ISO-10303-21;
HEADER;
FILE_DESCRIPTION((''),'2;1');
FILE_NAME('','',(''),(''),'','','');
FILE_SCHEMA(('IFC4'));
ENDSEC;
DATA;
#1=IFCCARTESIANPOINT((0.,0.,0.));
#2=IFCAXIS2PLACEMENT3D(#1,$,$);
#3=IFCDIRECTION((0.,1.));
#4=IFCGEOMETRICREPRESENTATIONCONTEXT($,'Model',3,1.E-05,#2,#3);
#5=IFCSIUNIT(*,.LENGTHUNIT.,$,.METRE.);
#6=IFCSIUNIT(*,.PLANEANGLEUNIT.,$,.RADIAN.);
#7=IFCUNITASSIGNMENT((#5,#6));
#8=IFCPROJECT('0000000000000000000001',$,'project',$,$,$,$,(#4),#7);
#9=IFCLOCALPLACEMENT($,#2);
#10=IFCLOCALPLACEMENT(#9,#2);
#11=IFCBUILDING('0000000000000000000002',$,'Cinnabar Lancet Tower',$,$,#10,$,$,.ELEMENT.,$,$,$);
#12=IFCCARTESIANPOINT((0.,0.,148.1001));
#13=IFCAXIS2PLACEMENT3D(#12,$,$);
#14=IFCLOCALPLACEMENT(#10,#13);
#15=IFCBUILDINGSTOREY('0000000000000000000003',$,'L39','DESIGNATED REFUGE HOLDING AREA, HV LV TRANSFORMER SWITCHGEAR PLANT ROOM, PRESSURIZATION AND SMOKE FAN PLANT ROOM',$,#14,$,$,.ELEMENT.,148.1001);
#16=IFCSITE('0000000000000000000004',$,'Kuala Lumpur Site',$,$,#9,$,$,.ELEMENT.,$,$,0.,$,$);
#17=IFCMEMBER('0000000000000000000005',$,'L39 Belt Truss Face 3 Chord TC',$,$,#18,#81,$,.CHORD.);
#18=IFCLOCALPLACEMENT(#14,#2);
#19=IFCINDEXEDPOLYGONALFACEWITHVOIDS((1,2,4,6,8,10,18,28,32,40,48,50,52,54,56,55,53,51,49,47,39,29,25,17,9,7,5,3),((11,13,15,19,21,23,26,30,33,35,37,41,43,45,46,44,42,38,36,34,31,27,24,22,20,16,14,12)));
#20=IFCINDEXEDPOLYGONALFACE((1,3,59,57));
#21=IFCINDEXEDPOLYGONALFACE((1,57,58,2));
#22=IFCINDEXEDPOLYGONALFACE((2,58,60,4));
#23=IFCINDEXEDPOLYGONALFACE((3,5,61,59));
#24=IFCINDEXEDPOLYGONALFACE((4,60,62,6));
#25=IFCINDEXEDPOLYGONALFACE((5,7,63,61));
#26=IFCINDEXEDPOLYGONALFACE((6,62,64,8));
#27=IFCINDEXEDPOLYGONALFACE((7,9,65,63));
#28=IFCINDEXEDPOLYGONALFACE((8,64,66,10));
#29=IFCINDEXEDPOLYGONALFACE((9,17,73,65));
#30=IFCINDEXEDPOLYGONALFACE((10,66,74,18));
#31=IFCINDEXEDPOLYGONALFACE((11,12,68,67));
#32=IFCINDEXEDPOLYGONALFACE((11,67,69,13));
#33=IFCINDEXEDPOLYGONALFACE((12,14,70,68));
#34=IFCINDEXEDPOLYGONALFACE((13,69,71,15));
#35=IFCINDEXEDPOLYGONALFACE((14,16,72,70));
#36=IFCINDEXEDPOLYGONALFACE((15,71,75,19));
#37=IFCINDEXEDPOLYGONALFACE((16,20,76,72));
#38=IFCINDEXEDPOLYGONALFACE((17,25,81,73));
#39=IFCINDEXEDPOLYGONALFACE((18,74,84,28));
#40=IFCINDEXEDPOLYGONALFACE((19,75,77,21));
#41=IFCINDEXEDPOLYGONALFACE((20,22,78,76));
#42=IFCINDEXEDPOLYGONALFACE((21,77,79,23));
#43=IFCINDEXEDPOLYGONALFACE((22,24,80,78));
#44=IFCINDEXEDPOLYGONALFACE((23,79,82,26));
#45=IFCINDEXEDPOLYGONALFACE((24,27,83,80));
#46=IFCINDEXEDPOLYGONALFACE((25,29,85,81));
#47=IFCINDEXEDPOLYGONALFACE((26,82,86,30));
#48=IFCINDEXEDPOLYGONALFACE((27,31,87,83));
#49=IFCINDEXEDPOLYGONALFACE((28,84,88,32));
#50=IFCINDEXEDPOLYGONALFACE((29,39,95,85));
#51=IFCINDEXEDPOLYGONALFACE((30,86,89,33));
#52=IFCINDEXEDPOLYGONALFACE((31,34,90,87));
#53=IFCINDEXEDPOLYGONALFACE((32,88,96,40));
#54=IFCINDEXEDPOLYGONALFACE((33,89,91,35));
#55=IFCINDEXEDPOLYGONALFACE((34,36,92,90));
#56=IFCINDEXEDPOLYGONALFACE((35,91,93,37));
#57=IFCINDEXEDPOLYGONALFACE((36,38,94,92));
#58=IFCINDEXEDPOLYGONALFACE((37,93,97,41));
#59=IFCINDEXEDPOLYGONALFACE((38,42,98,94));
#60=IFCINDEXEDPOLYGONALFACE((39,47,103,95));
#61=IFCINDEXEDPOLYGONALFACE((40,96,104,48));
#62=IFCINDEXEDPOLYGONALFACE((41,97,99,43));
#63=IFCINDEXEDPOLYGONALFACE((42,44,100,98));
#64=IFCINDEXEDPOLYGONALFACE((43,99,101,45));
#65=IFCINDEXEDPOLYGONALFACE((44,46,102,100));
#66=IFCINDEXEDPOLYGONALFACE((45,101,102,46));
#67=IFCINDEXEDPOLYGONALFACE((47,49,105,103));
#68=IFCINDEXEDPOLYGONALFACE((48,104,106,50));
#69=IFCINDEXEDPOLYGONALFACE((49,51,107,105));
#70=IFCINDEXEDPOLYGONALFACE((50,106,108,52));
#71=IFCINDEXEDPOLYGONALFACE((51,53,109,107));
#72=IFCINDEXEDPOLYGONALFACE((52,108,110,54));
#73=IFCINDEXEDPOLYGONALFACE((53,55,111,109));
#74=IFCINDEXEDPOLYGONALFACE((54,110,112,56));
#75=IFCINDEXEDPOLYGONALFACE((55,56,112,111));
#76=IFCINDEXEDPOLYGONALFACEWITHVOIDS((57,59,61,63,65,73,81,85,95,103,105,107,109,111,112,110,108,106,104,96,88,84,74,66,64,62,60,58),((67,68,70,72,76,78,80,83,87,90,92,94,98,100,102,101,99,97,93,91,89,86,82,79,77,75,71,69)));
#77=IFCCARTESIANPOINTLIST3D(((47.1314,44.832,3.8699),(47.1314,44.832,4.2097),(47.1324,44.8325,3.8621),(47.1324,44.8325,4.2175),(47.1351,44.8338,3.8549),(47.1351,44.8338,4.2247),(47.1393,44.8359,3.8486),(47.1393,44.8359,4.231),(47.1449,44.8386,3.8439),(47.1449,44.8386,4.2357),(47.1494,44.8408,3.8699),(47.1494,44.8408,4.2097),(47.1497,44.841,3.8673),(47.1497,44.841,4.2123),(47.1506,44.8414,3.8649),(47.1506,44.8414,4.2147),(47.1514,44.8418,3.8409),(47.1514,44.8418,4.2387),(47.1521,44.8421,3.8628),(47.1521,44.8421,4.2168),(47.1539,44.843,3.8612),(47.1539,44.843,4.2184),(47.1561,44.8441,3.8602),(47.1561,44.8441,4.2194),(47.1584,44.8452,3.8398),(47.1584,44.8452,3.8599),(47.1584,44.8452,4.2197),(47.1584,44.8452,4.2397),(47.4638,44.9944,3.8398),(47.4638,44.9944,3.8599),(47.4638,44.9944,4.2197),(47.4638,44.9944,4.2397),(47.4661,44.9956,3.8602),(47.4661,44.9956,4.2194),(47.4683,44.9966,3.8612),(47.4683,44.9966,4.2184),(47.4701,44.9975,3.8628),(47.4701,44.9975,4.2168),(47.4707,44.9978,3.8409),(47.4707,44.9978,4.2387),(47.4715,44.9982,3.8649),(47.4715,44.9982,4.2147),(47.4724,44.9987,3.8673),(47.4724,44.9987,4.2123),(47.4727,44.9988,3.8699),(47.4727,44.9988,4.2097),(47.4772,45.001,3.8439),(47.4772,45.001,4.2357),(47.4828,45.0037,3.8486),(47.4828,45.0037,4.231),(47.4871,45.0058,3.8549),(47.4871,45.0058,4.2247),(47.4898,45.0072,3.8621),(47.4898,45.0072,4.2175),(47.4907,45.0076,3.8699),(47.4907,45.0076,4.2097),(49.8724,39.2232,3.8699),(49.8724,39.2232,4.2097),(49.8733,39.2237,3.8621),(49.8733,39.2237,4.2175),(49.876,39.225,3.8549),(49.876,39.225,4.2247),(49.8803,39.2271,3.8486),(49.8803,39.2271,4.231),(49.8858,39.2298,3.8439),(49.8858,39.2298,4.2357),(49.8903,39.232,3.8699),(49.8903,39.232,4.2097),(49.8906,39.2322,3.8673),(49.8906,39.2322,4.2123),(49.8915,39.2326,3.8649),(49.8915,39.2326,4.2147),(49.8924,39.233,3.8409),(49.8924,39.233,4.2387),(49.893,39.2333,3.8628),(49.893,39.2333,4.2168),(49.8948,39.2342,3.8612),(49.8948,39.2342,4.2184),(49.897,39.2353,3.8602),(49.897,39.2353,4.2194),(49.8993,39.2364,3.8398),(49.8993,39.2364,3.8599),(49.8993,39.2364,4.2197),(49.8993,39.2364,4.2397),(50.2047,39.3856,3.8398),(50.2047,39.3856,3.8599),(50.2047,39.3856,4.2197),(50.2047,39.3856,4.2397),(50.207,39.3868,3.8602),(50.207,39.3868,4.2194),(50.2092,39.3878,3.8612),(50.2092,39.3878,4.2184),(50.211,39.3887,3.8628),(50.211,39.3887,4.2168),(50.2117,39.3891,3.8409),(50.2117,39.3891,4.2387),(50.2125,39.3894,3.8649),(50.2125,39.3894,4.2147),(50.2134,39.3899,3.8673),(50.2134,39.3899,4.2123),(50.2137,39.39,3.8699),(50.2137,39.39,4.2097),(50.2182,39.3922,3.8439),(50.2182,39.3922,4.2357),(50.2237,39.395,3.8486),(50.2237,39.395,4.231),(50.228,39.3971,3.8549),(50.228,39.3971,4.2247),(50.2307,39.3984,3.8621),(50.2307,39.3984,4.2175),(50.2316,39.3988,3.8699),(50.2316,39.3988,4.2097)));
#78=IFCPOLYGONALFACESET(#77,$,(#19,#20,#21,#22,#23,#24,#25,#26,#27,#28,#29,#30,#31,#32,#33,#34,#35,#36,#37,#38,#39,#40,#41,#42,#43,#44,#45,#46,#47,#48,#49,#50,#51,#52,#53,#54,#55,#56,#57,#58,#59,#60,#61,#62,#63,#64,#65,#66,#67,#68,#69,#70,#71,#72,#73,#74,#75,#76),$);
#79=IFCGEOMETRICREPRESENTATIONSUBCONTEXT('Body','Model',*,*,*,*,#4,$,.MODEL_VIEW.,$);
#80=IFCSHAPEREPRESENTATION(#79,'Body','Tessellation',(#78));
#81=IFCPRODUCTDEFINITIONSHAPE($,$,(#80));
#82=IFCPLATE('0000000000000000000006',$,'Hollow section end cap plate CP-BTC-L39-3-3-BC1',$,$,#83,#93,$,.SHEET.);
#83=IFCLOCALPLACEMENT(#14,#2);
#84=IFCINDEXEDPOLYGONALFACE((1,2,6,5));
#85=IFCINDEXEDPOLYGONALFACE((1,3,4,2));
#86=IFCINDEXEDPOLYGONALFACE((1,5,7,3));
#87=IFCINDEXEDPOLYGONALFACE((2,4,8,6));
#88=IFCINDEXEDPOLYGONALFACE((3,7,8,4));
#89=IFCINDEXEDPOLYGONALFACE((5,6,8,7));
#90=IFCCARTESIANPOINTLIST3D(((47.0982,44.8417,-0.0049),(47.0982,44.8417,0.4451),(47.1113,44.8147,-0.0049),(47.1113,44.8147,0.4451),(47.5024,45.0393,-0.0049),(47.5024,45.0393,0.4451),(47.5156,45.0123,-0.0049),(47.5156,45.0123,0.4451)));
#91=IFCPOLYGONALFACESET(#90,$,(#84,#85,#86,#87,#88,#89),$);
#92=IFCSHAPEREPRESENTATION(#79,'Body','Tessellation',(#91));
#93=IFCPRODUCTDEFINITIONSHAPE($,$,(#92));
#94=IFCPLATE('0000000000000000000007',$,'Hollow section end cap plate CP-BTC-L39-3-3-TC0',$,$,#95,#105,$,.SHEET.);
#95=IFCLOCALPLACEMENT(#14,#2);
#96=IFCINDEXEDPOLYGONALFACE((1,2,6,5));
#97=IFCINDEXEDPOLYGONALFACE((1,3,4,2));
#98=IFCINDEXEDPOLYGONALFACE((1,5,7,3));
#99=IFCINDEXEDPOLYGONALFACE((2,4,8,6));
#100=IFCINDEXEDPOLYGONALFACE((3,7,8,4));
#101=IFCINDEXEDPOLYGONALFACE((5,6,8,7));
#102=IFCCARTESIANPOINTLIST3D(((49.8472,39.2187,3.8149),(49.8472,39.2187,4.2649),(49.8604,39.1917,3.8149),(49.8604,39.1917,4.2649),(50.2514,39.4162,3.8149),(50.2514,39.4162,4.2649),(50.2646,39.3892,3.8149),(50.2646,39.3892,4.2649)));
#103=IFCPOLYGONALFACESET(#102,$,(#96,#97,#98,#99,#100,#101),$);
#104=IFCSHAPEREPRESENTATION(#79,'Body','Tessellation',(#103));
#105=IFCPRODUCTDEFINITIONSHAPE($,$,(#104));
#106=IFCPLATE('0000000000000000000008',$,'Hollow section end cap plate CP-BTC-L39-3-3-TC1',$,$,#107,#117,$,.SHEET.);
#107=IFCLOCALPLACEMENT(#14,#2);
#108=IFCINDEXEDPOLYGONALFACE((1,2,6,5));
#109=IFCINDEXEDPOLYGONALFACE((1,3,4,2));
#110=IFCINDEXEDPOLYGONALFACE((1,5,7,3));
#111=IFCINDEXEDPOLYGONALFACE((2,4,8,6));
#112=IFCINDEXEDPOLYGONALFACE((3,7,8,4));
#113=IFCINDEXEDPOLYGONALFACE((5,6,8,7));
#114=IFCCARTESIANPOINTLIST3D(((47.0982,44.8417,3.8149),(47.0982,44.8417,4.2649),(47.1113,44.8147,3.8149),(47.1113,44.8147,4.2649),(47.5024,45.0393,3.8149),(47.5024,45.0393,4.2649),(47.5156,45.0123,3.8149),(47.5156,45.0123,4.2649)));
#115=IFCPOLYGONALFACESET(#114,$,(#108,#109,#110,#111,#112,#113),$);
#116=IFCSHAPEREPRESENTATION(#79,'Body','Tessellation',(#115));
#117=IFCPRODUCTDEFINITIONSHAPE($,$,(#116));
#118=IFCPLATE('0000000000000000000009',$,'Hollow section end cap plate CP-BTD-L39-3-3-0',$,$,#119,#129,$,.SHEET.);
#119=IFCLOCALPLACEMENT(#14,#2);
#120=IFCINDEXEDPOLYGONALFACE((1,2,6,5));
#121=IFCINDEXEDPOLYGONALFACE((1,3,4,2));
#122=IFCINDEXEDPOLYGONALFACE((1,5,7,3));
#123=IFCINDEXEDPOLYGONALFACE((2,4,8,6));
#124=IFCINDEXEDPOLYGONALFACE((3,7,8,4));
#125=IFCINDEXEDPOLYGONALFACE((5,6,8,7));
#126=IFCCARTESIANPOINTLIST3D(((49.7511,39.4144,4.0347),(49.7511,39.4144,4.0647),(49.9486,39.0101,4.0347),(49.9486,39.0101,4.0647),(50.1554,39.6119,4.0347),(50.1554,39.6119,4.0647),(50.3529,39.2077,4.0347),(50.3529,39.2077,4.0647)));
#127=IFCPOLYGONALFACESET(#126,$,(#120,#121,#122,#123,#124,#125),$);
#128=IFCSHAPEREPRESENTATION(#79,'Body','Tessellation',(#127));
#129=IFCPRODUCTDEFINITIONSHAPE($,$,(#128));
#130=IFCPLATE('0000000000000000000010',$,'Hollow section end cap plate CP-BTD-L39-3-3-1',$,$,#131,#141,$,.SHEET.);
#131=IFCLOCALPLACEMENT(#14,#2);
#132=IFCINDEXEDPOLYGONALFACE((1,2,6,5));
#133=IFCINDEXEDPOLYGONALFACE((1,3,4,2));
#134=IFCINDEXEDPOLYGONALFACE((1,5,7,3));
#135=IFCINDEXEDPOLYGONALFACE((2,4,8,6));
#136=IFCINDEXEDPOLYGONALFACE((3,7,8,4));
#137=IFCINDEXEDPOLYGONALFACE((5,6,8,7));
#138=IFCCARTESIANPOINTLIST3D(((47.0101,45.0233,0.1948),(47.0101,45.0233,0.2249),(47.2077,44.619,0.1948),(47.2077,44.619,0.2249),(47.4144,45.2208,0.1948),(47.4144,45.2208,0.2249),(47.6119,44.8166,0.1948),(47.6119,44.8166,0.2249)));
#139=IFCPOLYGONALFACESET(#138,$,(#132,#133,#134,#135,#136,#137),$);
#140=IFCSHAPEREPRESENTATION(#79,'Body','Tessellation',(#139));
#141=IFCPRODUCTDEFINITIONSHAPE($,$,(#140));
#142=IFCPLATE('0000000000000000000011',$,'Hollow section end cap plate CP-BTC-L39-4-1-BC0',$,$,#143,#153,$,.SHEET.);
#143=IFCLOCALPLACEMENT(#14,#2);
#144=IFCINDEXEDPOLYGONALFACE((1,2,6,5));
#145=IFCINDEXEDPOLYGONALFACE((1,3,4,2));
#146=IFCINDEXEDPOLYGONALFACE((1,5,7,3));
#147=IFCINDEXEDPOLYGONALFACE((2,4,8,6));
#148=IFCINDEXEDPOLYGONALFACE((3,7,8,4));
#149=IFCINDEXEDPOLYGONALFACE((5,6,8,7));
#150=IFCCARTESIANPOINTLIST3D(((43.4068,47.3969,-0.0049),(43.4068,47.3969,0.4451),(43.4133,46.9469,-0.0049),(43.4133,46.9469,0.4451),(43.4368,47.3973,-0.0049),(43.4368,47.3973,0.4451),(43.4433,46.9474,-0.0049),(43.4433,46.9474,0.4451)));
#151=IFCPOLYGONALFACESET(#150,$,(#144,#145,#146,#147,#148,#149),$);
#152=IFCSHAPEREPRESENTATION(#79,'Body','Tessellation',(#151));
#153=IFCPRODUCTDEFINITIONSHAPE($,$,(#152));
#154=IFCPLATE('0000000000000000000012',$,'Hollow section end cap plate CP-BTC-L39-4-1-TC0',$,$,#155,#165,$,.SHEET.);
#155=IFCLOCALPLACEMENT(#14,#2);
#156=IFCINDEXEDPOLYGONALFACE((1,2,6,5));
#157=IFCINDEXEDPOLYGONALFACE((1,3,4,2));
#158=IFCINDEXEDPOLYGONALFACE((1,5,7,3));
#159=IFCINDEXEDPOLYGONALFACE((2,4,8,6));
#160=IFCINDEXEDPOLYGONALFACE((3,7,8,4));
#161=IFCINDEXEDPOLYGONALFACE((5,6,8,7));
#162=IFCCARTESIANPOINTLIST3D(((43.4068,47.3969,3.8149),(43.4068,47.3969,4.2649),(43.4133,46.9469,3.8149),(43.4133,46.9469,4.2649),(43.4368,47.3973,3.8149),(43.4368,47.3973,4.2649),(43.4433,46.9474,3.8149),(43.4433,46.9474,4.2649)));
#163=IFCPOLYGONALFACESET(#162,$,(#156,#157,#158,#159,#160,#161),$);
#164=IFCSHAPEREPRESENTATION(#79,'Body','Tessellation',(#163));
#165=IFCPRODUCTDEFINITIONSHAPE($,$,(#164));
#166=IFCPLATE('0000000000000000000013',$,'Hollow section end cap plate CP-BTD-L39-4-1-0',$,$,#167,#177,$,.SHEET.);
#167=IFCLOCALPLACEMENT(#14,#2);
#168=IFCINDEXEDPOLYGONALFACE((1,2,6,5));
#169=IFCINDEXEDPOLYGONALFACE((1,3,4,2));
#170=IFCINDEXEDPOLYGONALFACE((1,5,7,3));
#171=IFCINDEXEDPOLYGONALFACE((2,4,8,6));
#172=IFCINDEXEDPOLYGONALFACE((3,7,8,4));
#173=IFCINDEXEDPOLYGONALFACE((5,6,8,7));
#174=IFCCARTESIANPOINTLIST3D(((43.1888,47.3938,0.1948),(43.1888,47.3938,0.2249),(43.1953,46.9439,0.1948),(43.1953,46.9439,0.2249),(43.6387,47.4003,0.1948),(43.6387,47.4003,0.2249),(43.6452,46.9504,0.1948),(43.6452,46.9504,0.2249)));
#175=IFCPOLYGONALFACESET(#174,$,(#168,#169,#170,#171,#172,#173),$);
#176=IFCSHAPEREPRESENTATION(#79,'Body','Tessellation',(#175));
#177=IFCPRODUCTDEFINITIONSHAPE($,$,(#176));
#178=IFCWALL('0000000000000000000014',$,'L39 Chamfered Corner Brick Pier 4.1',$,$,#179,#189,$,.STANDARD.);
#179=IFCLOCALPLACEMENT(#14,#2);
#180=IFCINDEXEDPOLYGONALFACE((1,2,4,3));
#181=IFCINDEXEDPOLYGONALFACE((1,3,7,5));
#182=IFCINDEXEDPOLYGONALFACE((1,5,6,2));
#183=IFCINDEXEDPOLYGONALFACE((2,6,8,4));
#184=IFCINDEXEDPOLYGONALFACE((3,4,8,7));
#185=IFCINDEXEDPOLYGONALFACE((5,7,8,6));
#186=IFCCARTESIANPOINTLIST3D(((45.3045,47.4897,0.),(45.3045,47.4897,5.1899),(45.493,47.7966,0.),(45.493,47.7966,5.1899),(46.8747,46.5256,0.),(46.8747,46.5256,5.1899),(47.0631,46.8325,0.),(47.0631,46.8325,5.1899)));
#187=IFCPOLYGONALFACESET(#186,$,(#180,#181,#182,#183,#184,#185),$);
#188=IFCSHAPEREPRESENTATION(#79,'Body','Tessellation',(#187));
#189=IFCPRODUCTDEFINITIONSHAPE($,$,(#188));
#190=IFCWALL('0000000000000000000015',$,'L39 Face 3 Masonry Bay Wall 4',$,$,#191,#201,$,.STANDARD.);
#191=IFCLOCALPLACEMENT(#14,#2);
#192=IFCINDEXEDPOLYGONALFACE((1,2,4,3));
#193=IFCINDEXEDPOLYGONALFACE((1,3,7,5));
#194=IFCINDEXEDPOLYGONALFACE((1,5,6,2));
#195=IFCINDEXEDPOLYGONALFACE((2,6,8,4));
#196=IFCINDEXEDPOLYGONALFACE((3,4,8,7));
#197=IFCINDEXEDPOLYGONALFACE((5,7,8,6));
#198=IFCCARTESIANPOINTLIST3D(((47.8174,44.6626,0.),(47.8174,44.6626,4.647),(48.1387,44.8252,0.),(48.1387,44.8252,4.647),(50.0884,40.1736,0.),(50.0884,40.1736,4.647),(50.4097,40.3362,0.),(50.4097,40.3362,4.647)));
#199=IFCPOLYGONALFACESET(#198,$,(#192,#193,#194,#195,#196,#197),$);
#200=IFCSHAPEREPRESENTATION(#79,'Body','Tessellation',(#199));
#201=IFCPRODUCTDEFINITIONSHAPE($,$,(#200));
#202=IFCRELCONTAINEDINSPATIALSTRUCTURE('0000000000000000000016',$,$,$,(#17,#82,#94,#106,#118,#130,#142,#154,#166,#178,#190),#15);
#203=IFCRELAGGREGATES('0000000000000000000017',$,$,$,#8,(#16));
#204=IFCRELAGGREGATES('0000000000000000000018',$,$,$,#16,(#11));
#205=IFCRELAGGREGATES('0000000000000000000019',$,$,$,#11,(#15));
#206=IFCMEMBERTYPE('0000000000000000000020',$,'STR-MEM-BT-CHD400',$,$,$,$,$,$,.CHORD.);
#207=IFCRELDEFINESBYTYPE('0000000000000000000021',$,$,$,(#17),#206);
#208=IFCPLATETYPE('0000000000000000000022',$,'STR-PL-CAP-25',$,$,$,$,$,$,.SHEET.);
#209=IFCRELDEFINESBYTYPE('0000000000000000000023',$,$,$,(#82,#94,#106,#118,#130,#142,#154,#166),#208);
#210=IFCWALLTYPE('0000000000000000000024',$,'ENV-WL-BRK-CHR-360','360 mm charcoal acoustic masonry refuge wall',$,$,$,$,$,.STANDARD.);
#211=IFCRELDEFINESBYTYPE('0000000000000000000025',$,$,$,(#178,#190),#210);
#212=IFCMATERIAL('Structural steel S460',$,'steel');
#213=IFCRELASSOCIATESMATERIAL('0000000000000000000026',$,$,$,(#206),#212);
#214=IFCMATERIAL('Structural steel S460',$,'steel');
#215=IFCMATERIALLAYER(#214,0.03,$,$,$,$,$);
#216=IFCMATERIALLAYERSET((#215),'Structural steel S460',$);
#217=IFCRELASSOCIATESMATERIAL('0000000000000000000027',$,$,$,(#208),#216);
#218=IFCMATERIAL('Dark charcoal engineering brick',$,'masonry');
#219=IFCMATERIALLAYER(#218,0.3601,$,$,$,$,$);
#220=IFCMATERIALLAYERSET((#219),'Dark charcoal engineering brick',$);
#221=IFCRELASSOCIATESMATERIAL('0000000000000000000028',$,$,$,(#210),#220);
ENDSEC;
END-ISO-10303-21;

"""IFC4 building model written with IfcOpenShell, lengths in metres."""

from ifc_helpers import new_model, si_unit, direction, frame, frame_2d, origin, origin_2d, place, context, subcontext, project, spatial, rectangle, hollow_rectangle, extrude, material, layer, layer_set, material_profile, profile_set, type_object, element, save


model = new_model("IFC4")

# Units and contexts
model_context = context("Model", 3, precision=1e-05, world=origin(), true_north=direction((0.0, 1.0)))
body_context = subcontext(model_context, "Body", "Model", "MODEL_VIEW")
ifc_project = project(units=[si_unit("LENGTHUNIT", "METRE"), si_unit("PLANEANGLEUNIT", "RADIAN")], contexts=[model_context])

# Site, building, storey
site_placement = place(None, origin())
site = spatial("IfcSite", under=ifc_project, at=site_placement, Name="Kuala Lumpur Site", CompositionType="ELEMENT", RefElevation=0.0)
building_placement = place(site_placement, origin())
building = spatial("IfcBuilding", under=site, at=building_placement, Name="Cinnabar Lancet Tower", CompositionType="ELEMENT")
storey_placement = place(building_placement, frame((0.0, 0.0, 148.1001)))
storey = spatial("IfcBuildingStorey", under=building, at=storey_placement, Name="L39", Description="DESIGNATED REFUGE HOLDING AREA, HV LV TRANSFORMER SWITCHGEAR PLANT ROOM, PRESSURIZATION AND SMOKE FAN PLANT ROOM", CompositionType="ELEMENT", Elevation=148.1001)

# Member
ifc_material_1 = material(Name="Structural steel S460", Category="steel")
ifc_material_profile_1 = material_profile(ifc_material_1, hollow_rectangle(XDim=0.3999, YDim=0.3999, WallThickness=0.02, InnerFilletRadius=0.01, OuterFilletRadius=0.03, at=origin_2d()), Name="SHS 400x400x20")
ifc_profile_set_1 = profile_set([ifc_material_profile_1], Name="Structural steel S460")
member_type_1 = type_object("IfcMemberType", Name="STR-MEM-BT-CHD400", PredefinedType="CHORD", material=ifc_profile_set_1)
for number, where, z_axis, x_axis, name in (
    (1, (50.052, 39.311, 4.0398), (-0.439061, 0.898457, 0.0), (-0.898457, -0.439061, 0.0), "L39 Belt Truss Face 3 Chord TC"),
):
    element("IfcMember", number, at=place(storey_placement, frame(where, z_axis=z_axis, x_axis=x_axis)), inside=storey, type_object=member_type_1, Name=name, PredefinedType="CHORD", context=body_context, shape_type="SweptSolid", body=[
        extrude(hollow_rectangle(XDim=0.3999, YDim=0.3999, WallThickness=0.02, InnerFilletRadius=0.01, OuterFilletRadius=0.03, at=origin_2d()), origin(), (0.0, 0.0, 1.0), 6.2427),
    ])

# Plates
ifc_material_2 = material(Name="Structural steel S460", Category="steel")
ifc_layer_1 = layer(ifc_material_2, 0.03)
ifc_layer_set_1 = layer_set([ifc_layer_1], Name="Structural steel S460")
plate_type = type_object("IfcPlateType", Name="STR-PL-CAP-25", PredefinedType="SHEET", material=ifc_layer_set_1)
for number, where, z_axis, x_axis, name in (
    (2, (47.3069, 44.927, -0.0049), (0.0, 0.0, 1.0), (-0.439061, 0.898457, 0.0), "Hollow section end cap plate CP-BTC-L39-3-3-BC1"),
    (3, (50.0559, 39.304, 3.8149), (0.0, 0.0, 1.0), (0.439061, -0.898457, 0.0), "Hollow section end cap plate CP-BTC-L39-3-3-TC0"),
    (4, (47.3069, 44.927, 3.8149), (0.0, 0.0, 1.0), (-0.439061, 0.898457, 0.0), "Hollow section end cap plate CP-BTC-L39-3-3-TC1"),
):
    element("IfcPlate", number, at=place(storey_placement, frame(where, z_axis=z_axis, x_axis=x_axis)), inside=storey, type_object=plate_type, Name=name, PredefinedType="SHEET", context=body_context, shape_type="SweptSolid", body=[
        extrude(rectangle(XDim=0.03, YDim=0.45, at=origin_2d()), origin(), (0.0, 0.0, 1.0), 0.45),
    ])
for number, where, z_axis, x_axis, name in (
    (5, (50.052, 39.311, 4.0347), (0.0, 0.0, 1.0), (0.439061, -0.898457, 0.0), "Hollow section end cap plate CP-BTD-L39-3-3-0"),
    (6, (47.311, 44.9199, 0.1948), (0.0, 0.0, 1.0), (-0.439061, 0.898457, 0.0), "Hollow section end cap plate CP-BTD-L39-3-3-1"),
):
    element("IfcPlate", number, at=place(storey_placement, frame(where, z_axis=z_axis, x_axis=x_axis)), inside=storey, type_object=plate_type, Name=name, PredefinedType="SHEET", context=body_context, shape_type="SweptSolid", body=[
        extrude(rectangle(XDim=0.45, YDim=0.45, at=origin_2d()), origin(), (0.0, 0.0, 1.0), 0.03),
    ])
for number, where, z_axis, x_axis, name in (
    (7, (43.425, 47.1721, -0.0049), (0.0, 0.0, 1.0), (0.999894, 0.014556, 0.0), "Hollow section end cap plate CP-BTC-L39-4-1-BC0"),
    (8, (43.425, 47.1721, 3.8149), (0.0, 0.0, 1.0), (0.999894, 0.014556, 0.0), "Hollow section end cap plate CP-BTC-L39-4-1-TC0"),
):
    element("IfcPlate", number, at=place(storey_placement, frame(where, z_axis=z_axis, x_axis=x_axis)), inside=storey, type_object=plate_type, Name=name, PredefinedType="SHEET", context=body_context, shape_type="SweptSolid", body=[
        extrude(rectangle(XDim=0.03, YDim=0.45, at=origin_2d()), origin(), (0.0, 0.0, 1.0), 0.45),
    ])
plate_placement = place(storey_placement, frame((43.417, 47.1721, 0.1948), z_axis=(0.0, 0.0, 1.0), x_axis=(0.999894, 0.014556, 0.0)))
element("IfcPlate", 9, at=plate_placement, inside=storey, type_object=plate_type, Name="Hollow section end cap plate CP-BTD-L39-4-1-0", PredefinedType="SHEET", context=body_context, shape_type="SweptSolid", body=[
    extrude(rectangle(XDim=0.45, YDim=0.45, at=origin_2d()), origin(), (0.0, 0.0, 1.0), 0.03),
])

# Walls
ifc_material_3 = material(Name="Dark charcoal engineering brick", Category="masonry")
ifc_layer_2 = layer(ifc_material_3, 0.3601)
ifc_layer_set_2 = layer_set([ifc_layer_2], Name="Dark charcoal engineering brick")
wall_type = type_object("IfcWallType", Name="ENV-WL-BRK-CHR-360", Description="360 mm charcoal acoustic masonry refuge wall", PredefinedType="STANDARD", material=ifc_layer_set_2)
wall_1_placement = place(storey_placement, frame((46.969, 46.679, 0.0), z_axis=(0.0, 0.0, 1.0), x_axis=(-0.852163, 0.523277, 0.0)))
element("IfcWall", 10, at=wall_1_placement, inside=storey, type_object=wall_type, Name="L39 Chamfered Corner Brick Pier 4.1", PredefinedType="STANDARD", context=body_context, shape_type="SweptSolid", body=[
    extrude(rectangle(XDim=1.8425, YDim=0.3601, at=frame_2d((0.9214, 0.0))), origin(), (0.0, 0.0, 1.0), 5.1899),
])
wall_2_placement = place(storey_placement, frame((50.249, 40.2549, 0.0), z_axis=(0.0, 0.0, 1.0), x_axis=(-0.451421, 0.892311, 0.0)))
element("IfcWall", 11, at=wall_2_placement, inside=storey, type_object=wall_type, Name="L39 Face 3 Masonry Bay Wall 4", PredefinedType="STANDARD", context=body_context, shape_type="SweptSolid", body=[
    extrude(rectangle(XDim=5.0308, YDim=0.3601, at=frame_2d((2.5154, 0.0))), origin(), (0.0, 0.0, 1.0), 4.647),
])

save(model, "model.ifc")
